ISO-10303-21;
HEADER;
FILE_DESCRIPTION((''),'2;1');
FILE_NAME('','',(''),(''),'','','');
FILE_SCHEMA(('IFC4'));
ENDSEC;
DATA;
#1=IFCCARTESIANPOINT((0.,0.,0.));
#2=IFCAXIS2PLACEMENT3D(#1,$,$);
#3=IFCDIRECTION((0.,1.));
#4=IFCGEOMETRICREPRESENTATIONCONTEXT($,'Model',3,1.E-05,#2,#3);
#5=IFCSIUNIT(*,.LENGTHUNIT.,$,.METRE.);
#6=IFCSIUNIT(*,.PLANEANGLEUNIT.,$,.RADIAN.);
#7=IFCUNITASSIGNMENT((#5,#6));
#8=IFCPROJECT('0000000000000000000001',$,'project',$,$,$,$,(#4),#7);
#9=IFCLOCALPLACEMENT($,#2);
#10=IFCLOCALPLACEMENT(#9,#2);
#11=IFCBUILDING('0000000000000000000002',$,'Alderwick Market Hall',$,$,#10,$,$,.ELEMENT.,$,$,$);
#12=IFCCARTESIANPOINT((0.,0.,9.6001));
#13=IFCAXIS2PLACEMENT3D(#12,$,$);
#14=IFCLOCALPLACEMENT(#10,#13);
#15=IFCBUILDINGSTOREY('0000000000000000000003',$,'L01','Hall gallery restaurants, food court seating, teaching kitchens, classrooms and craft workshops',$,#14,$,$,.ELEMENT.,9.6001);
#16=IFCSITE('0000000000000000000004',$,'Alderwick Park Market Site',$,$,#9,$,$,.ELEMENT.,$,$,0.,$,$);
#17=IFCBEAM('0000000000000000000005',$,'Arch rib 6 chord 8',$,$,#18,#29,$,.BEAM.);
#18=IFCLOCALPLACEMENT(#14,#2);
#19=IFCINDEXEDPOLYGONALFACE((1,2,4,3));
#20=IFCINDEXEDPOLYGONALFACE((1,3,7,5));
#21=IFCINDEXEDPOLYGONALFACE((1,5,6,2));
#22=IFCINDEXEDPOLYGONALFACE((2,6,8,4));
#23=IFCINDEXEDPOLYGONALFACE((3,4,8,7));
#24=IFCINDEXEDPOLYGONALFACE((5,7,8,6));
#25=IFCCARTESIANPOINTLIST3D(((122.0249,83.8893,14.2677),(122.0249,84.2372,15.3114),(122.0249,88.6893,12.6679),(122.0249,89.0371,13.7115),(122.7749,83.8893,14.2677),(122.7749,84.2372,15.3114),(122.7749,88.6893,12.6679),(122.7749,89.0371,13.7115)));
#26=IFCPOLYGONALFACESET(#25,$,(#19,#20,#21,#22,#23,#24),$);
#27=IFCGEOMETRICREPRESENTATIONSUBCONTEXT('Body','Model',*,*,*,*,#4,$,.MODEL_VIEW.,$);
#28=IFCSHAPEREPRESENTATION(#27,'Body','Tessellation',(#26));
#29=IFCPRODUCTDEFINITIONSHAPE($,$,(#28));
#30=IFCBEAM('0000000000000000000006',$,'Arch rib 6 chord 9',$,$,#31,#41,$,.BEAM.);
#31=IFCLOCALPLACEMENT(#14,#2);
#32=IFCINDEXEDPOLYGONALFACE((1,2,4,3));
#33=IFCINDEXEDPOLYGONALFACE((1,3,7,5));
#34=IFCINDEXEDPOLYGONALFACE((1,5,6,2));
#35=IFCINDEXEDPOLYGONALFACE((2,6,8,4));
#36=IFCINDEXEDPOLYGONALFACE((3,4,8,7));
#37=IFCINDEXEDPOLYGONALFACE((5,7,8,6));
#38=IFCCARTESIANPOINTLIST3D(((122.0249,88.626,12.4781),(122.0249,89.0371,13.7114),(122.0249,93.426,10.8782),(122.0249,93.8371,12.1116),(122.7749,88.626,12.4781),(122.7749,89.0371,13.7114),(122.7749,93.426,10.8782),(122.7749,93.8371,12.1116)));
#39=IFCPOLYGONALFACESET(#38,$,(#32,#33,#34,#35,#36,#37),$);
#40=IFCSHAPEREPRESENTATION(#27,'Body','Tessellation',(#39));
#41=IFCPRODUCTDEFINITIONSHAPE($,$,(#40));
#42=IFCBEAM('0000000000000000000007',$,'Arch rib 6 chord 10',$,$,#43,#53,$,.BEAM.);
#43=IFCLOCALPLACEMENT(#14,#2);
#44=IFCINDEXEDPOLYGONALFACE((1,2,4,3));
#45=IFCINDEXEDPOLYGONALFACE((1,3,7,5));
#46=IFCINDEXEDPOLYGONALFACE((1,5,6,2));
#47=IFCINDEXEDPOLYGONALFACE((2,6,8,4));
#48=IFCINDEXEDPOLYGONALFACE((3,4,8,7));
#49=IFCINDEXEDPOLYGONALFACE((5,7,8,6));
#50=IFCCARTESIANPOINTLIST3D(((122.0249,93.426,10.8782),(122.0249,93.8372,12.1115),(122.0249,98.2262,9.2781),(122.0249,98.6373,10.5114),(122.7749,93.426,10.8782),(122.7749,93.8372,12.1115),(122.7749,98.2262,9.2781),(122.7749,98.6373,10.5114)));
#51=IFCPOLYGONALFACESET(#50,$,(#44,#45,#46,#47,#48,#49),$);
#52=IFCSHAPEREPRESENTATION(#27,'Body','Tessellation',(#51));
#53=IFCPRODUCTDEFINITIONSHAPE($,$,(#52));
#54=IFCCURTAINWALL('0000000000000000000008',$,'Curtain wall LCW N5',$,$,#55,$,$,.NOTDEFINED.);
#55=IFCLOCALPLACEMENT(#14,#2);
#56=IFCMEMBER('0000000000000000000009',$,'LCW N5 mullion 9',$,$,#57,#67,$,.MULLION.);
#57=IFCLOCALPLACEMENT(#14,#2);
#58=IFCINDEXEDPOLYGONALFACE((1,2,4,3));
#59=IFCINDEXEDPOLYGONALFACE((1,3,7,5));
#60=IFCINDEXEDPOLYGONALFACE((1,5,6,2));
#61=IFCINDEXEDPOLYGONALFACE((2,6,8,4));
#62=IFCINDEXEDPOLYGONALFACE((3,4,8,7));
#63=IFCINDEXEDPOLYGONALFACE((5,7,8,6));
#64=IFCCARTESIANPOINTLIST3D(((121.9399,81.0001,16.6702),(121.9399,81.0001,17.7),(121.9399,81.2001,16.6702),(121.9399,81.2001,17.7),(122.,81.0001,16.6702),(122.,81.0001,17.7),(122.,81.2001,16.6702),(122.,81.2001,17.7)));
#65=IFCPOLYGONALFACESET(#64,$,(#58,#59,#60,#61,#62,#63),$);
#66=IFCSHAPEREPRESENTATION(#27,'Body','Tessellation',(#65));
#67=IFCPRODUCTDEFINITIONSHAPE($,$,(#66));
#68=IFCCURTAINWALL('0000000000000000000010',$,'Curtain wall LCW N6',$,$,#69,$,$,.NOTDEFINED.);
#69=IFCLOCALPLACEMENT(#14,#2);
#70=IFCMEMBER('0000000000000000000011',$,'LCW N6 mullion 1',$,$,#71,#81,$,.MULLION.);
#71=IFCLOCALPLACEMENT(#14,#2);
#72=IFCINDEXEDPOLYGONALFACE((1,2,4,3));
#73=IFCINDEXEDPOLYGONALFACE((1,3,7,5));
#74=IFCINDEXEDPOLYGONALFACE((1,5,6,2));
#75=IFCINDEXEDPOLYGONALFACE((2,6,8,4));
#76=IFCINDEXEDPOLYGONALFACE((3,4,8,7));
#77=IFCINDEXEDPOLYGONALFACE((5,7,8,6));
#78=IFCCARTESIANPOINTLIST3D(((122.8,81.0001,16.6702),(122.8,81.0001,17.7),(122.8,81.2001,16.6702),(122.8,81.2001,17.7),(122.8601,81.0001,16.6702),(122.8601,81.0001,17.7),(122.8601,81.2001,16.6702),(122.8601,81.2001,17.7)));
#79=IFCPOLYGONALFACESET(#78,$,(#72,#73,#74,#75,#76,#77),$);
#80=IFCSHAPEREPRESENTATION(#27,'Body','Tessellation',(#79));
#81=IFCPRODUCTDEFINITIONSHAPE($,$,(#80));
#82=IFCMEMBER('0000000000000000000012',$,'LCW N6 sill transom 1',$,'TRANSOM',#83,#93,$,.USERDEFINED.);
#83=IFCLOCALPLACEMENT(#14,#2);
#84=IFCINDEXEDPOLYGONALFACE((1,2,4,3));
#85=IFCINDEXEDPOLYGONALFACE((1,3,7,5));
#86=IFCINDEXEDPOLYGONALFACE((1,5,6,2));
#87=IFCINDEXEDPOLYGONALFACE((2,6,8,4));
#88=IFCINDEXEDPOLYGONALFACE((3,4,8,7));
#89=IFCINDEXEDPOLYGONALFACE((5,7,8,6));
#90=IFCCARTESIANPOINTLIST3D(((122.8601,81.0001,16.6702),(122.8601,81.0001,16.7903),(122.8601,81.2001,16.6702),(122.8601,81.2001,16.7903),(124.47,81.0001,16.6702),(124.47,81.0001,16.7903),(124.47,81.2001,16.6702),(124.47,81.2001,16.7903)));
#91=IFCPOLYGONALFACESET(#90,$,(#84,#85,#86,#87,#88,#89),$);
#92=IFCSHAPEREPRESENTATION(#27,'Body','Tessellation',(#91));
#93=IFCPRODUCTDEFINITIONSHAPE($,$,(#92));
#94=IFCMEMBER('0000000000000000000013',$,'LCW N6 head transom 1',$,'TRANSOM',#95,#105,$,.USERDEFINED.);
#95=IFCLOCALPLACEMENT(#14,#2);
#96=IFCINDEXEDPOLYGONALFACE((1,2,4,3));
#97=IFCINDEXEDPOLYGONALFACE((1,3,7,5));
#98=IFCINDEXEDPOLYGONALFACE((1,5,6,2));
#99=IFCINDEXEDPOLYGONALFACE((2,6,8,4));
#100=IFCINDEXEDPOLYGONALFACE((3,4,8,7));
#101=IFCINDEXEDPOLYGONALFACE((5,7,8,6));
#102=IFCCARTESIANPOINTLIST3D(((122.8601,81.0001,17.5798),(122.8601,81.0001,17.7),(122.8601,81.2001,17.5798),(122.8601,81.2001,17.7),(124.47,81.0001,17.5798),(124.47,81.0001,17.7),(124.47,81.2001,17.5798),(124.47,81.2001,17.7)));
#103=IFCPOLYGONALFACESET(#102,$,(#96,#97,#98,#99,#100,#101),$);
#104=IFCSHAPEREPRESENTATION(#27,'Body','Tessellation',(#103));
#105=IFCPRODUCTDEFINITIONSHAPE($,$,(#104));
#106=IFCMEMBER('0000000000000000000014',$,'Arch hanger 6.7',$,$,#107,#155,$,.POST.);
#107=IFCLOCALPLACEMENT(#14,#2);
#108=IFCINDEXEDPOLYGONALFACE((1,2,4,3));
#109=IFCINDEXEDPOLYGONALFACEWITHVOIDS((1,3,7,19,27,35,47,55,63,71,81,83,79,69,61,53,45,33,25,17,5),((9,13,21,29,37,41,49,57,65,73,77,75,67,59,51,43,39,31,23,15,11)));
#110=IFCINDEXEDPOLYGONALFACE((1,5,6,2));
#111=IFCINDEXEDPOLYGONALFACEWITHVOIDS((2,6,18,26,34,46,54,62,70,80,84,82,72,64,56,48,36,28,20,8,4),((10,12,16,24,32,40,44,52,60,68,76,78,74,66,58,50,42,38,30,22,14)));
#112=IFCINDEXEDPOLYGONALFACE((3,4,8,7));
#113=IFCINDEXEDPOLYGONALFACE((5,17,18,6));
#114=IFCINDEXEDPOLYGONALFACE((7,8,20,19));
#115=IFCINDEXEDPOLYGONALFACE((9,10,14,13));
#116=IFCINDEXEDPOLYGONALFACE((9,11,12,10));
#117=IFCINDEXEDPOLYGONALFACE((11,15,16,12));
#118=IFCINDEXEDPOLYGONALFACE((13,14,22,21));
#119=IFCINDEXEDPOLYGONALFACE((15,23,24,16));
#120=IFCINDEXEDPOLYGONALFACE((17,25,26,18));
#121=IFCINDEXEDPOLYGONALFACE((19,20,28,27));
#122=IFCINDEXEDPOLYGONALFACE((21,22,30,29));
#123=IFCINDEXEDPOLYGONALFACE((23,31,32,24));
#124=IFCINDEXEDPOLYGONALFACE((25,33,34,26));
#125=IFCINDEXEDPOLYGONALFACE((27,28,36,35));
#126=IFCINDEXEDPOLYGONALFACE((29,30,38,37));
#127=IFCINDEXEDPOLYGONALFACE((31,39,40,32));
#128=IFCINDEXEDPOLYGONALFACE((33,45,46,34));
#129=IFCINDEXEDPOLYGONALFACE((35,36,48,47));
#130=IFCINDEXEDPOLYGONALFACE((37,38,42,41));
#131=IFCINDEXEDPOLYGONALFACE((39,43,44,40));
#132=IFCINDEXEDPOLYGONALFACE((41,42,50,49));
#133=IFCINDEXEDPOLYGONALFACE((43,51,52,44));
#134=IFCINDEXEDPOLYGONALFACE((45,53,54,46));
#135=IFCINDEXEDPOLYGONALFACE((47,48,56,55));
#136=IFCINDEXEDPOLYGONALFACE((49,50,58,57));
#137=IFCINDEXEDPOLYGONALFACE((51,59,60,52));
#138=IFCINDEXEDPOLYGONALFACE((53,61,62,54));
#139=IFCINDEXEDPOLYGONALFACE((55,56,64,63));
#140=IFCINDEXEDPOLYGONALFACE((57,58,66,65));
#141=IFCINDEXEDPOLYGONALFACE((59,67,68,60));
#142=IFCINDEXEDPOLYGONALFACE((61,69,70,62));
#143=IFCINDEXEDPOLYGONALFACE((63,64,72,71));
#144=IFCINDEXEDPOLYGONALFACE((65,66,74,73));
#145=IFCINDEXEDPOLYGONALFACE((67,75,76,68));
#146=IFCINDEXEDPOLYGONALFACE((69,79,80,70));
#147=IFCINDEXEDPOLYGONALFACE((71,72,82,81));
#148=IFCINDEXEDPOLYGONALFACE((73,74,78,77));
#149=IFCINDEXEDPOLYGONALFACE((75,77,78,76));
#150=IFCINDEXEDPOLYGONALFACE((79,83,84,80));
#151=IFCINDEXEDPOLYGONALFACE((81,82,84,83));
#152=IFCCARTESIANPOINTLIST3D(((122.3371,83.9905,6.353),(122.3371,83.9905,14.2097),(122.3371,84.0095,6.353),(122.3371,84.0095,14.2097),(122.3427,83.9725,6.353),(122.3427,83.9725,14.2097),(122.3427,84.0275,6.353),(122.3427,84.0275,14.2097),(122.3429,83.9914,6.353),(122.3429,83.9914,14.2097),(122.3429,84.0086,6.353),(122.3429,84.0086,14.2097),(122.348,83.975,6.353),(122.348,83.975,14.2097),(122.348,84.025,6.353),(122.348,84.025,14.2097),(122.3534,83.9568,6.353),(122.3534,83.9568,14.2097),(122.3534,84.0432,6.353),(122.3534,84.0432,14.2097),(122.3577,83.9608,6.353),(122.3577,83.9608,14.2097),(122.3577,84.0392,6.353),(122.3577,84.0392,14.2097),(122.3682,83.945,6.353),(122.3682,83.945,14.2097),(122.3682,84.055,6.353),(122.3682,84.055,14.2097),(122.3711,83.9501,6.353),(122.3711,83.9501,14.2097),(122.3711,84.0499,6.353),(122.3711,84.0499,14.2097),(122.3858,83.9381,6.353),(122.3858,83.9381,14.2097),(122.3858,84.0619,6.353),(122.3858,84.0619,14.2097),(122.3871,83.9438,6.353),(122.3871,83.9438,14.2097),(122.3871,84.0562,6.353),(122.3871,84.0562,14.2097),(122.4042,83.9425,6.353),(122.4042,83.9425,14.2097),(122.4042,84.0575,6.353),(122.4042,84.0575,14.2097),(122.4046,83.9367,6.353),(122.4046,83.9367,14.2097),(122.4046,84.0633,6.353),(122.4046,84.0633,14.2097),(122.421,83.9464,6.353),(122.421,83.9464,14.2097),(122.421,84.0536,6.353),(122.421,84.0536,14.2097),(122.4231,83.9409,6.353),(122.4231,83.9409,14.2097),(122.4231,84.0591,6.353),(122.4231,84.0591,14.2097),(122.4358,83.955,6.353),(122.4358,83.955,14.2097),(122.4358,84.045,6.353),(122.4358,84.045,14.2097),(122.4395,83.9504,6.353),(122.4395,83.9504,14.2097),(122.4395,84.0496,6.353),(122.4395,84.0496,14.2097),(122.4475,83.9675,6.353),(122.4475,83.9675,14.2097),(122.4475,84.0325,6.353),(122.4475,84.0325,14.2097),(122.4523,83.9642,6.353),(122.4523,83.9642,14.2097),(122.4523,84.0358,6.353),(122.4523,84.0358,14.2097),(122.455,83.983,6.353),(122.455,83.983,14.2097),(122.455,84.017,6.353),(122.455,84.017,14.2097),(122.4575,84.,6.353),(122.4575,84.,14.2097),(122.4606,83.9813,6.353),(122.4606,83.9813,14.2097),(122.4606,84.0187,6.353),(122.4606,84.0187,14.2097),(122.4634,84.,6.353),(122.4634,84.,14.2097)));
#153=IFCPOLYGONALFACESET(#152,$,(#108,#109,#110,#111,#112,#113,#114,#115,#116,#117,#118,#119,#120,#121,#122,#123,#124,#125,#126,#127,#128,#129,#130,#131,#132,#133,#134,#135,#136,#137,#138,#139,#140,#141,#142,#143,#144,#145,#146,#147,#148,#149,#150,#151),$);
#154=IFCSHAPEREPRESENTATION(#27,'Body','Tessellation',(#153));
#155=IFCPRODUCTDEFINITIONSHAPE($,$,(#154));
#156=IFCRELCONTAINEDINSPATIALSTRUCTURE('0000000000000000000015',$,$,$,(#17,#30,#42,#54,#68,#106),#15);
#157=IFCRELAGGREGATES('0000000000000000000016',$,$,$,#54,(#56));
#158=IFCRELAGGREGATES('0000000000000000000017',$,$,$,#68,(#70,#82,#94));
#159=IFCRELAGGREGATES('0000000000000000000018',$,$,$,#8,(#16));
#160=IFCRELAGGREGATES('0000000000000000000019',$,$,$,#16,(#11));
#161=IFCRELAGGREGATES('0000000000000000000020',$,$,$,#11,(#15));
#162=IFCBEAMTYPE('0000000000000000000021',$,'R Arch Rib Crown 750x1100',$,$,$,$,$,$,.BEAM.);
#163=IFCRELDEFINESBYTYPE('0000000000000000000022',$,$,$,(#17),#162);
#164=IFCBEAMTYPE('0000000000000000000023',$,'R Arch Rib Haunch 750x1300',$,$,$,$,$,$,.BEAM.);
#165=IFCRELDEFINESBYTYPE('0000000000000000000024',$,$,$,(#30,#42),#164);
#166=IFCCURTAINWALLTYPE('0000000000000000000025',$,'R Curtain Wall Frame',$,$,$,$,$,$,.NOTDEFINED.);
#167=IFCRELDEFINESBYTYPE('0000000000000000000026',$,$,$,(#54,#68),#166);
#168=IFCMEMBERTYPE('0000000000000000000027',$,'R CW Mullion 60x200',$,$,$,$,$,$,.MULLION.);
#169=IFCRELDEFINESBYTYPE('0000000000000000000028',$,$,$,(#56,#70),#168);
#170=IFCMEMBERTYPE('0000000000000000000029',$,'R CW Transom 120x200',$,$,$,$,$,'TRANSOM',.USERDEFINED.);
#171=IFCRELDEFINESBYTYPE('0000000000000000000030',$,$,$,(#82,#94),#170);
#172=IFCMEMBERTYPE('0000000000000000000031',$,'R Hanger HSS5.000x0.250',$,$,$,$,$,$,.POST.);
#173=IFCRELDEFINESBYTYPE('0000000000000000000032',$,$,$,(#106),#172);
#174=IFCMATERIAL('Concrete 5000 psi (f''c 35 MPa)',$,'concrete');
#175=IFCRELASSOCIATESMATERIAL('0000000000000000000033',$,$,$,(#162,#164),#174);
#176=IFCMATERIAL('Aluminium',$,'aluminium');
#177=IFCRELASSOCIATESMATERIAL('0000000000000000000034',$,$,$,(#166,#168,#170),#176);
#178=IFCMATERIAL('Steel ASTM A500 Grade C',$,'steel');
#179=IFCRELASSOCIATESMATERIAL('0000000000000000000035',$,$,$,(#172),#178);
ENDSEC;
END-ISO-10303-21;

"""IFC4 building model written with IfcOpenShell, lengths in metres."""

from ifc_helpers import new_model, si_unit, direction, frame, origin, origin_2d, place, context, subcontext, project, spatial, rectangle, hollow_circle, extrude, material, material_profile, profile_set, type_object, element, aggregate, save


model = new_model("IFC4")

# Units and contexts
model_context = context("Model", 3, precision=1e-05, world=origin(), true_north=direction((0.0, 1.0)))
body_context = subcontext(model_context, "Body", "Model", "MODEL_VIEW")
ifc_project = project(units=[si_unit("LENGTHUNIT", "METRE"), si_unit("PLANEANGLEUNIT", "RADIAN")], contexts=[model_context])

# Site, building, storey
site_placement = place(None, origin())
site = spatial("IfcSite", under=ifc_project, at=site_placement, Name="Alderwick Park Market Site", CompositionType="ELEMENT", RefElevation=0.0)
building_placement = place(site_placement, origin())
building = spatial("IfcBuilding", under=site, at=building_placement, Name="Alderwick Market Hall", CompositionType="ELEMENT")
storey_placement = place(building_placement, frame((0.0, 0.0, 9.6001)))
storey = spatial("IfcBuildingStorey", under=building, at=storey_placement, Name="L01", Description="Hall gallery restaurants, food court seating, teaching kitchens, classrooms and craft workshops", CompositionType="ELEMENT", Elevation=9.6001)

# Beams
ifc_material_1 = material(Name="Concrete 5000 psi (f'c 35 MPa)", Category="concrete")
ifc_material_profile_1 = material_profile(ifc_material_1, rectangle(XDim=0.75, YDim=1.1001, at=origin_2d()), Name="RC 750x1100")
ifc_profile_set_1 = profile_set([ifc_material_profile_1], Name="Concrete 5000 psi (f'c 35 MPa)")
beam_type_1 = type_object("IfcBeamType", Name="R Arch Rib Crown 750x1100", PredefinedType="BEAM", material=ifc_profile_set_1)
beam_1_placement = place(storey_placement, frame((122.3999, 84.0632, 14.7896), z_axis=(0.0, 0.948693, -0.316199), x_axis=(-1.0, 0.0, 0.0)))
element("IfcBeam", 1, at=beam_1_placement, inside=storey, type_object=beam_type_1, Name="Arch rib 6 chord 8", PredefinedType="BEAM", context=body_context, shape_type="SweptSolid", body=[
    extrude(rectangle(XDim=0.75, YDim=1.1001, at=origin_2d()), origin(), (0.0, 0.0, 1.0), 5.0596),
])
ifc_material_profile_2 = material_profile(ifc_material_1, rectangle(XDim=0.75, YDim=1.3, at=origin_2d()), Name="RC 750x1300")
ifc_profile_set_2 = profile_set([ifc_material_profile_2], Name="Concrete 5000 psi (f'c 35 MPa)")
beam_type_2 = type_object("IfcBeamType", Name="R Arch Rib Haunch 750x1300", PredefinedType="BEAM", material=ifc_profile_set_2)
beam_2_placement = place(storey_placement, frame((122.3999, 88.8315, 13.0947), z_axis=(0.0, 0.948693, -0.316199), x_axis=(-1.0, 0.0, 0.0)))
element("IfcBeam", 2, at=beam_2_placement, inside=storey, type_object=beam_type_2, Name="Arch rib 6 chord 9", PredefinedType="BEAM", context=body_context, shape_type="SweptSolid", body=[
    extrude(rectangle(XDim=0.75, YDim=1.3, at=origin_2d()), origin(), (0.0, 0.0, 1.0), 5.0596),
])
beam_3_placement = place(storey_placement, frame((122.3999, 93.6316, 11.4949), z_axis=(0.0, 0.948678, -0.316242), x_axis=(-1.0, 0.0, 0.0)))
element("IfcBeam", 3, at=beam_3_placement, inside=storey, type_object=beam_type_2, Name="Arch rib 6 chord 10", PredefinedType="BEAM", context=body_context, shape_type="SweptSolid", body=[
    extrude(rectangle(XDim=0.75, YDim=1.3, at=origin_2d()), origin(), (0.0, 0.0, 1.0), 5.0598),
])

# Curtain wall, member
ifc_material_2 = material(Name="Aluminium", Category="aluminium")
curtain_wall_type = type_object("IfcCurtainWallType", Name="R Curtain Wall Frame", PredefinedType="NOTDEFINED", material=ifc_material_2)
curtain_wall_1_placement = place(storey_placement, origin())
curtain_wall_1 = element("IfcCurtainWall", 4, at=curtain_wall_1_placement, inside=storey, type_object=curtain_wall_type, Name="Curtain wall LCW N5", PredefinedType="NOTDEFINED")
ifc_material_profile_3 = material_profile(ifc_material_2, rectangle(XDim=0.2, YDim=0.0601, at=origin_2d()), Name="AL 60x200")
ifc_profile_set_3 = profile_set([ifc_material_profile_3], Name="Aluminium")
member_type_1 = type_object("IfcMemberType", Name="R CW Mullion 60x200", PredefinedType="MULLION", material=ifc_profile_set_3)
member_1_placement = place(storey_placement, frame((121.97, 81.1001, 16.6702), z_axis=(0.0, 0.0, 1.0), x_axis=(0.0, 1.0, 0.0)))
member_1 = element("IfcMember", 5, at=member_1_placement, type_object=member_type_1, Name="LCW N5 mullion 9", PredefinedType="MULLION", context=body_context, shape_type="SweptSolid", body=[
    extrude(rectangle(XDim=0.2, YDim=0.0601, at=origin_2d()), origin(), (0.0, 0.0, 1.0), 1.0298),
])

# Curtain wall, members
curtain_wall_2_placement = place(storey_placement, origin())
curtain_wall_2 = element("IfcCurtainWall", 6, at=curtain_wall_2_placement, inside=storey, type_object=curtain_wall_type, Name="Curtain wall LCW N6", PredefinedType="NOTDEFINED")
member_2_placement = place(storey_placement, frame((122.8301, 81.1001, 16.6702), z_axis=(0.0, 0.0, 1.0), x_axis=(0.0, 1.0, 0.0)))
member_2 = element("IfcMember", 7, at=member_2_placement, type_object=member_type_1, Name="LCW N6 mullion 1", PredefinedType="MULLION", context=body_context, shape_type="SweptSolid", body=[
    extrude(rectangle(XDim=0.2, YDim=0.0601, at=origin_2d()), origin(), (0.0, 0.0, 1.0), 1.0298),
])
ifc_material_profile_4 = material_profile(ifc_material_2, rectangle(XDim=0.2, YDim=0.1201, at=origin_2d()), Name="AL 120x200")
ifc_profile_set_4 = profile_set([ifc_material_profile_4], Name="Aluminium")
member_type_2 = type_object("IfcMemberType", Name="R CW Transom 120x200", ElementType="TRANSOM", PredefinedType="USERDEFINED", material=ifc_profile_set_4)
member_3_placement = place(storey_placement, frame((122.8601, 81.1001, 16.7302), z_axis=(1.0, 0.0, 0.0), x_axis=(0.0, 1.0, 0.0)))
member_3 = element("IfcMember", 8, at=member_3_placement, type_object=member_type_2, Name="LCW N6 sill transom 1", ObjectType="TRANSOM", PredefinedType="USERDEFINED", context=body_context, shape_type="SweptSolid", body=[
    extrude(rectangle(XDim=0.2, YDim=0.1201, at=origin_2d()), origin(), (0.0, 0.0, 1.0), 1.6099),
])
member_4_placement = place(storey_placement, frame((122.8601, 81.1001, 17.6399), z_axis=(1.0, 0.0, 0.0), x_axis=(0.0, 1.0, 0.0)))
member_4 = element("IfcMember", 9, at=member_4_placement, type_object=member_type_2, Name="LCW N6 head transom 1", ObjectType="TRANSOM", PredefinedType="USERDEFINED", context=body_context, shape_type="SweptSolid", body=[
    extrude(rectangle(XDim=0.2, YDim=0.1201, at=origin_2d()), origin(), (0.0, 0.0, 1.0), 1.6099),
])

# Member
ifc_material_3 = material(Name="Steel ASTM A500 Grade C", Category="steel")
ifc_material_profile_5 = material_profile(ifc_material_3, hollow_circle(Radius=0.0635, WallThickness=0.0059, at=origin_2d()), Name="HSS5.000x0.250")
ifc_profile_set_5 = profile_set([ifc_material_profile_5], Name="Steel ASTM A500 Grade C")
member_type_3 = type_object("IfcMemberType", Name="R Hanger HSS5.000x0.250", PredefinedType="POST", material=ifc_profile_set_5)
member_5_placement = place(storey_placement, frame((122.3999, 84.0, 6.353), z_axis=(0.0, 0.0, 1.0), x_axis=(1.0, 0.0, 0.0)))
element("IfcMember", 10, at=member_5_placement, inside=storey, type_object=member_type_3, Name="Arch hanger 6.7", PredefinedType="POST", context=body_context, shape_type="SweptSolid", body=[
    extrude(hollow_circle(Radius=0.0635, WallThickness=0.0059, at=origin_2d()), origin(), (0.0, 0.0, 1.0), 7.8567),
])

aggregate(curtain_wall_1, [member_1])
aggregate(curtain_wall_2, [member_2, member_3, member_4])

save(model, "model.ifc")
